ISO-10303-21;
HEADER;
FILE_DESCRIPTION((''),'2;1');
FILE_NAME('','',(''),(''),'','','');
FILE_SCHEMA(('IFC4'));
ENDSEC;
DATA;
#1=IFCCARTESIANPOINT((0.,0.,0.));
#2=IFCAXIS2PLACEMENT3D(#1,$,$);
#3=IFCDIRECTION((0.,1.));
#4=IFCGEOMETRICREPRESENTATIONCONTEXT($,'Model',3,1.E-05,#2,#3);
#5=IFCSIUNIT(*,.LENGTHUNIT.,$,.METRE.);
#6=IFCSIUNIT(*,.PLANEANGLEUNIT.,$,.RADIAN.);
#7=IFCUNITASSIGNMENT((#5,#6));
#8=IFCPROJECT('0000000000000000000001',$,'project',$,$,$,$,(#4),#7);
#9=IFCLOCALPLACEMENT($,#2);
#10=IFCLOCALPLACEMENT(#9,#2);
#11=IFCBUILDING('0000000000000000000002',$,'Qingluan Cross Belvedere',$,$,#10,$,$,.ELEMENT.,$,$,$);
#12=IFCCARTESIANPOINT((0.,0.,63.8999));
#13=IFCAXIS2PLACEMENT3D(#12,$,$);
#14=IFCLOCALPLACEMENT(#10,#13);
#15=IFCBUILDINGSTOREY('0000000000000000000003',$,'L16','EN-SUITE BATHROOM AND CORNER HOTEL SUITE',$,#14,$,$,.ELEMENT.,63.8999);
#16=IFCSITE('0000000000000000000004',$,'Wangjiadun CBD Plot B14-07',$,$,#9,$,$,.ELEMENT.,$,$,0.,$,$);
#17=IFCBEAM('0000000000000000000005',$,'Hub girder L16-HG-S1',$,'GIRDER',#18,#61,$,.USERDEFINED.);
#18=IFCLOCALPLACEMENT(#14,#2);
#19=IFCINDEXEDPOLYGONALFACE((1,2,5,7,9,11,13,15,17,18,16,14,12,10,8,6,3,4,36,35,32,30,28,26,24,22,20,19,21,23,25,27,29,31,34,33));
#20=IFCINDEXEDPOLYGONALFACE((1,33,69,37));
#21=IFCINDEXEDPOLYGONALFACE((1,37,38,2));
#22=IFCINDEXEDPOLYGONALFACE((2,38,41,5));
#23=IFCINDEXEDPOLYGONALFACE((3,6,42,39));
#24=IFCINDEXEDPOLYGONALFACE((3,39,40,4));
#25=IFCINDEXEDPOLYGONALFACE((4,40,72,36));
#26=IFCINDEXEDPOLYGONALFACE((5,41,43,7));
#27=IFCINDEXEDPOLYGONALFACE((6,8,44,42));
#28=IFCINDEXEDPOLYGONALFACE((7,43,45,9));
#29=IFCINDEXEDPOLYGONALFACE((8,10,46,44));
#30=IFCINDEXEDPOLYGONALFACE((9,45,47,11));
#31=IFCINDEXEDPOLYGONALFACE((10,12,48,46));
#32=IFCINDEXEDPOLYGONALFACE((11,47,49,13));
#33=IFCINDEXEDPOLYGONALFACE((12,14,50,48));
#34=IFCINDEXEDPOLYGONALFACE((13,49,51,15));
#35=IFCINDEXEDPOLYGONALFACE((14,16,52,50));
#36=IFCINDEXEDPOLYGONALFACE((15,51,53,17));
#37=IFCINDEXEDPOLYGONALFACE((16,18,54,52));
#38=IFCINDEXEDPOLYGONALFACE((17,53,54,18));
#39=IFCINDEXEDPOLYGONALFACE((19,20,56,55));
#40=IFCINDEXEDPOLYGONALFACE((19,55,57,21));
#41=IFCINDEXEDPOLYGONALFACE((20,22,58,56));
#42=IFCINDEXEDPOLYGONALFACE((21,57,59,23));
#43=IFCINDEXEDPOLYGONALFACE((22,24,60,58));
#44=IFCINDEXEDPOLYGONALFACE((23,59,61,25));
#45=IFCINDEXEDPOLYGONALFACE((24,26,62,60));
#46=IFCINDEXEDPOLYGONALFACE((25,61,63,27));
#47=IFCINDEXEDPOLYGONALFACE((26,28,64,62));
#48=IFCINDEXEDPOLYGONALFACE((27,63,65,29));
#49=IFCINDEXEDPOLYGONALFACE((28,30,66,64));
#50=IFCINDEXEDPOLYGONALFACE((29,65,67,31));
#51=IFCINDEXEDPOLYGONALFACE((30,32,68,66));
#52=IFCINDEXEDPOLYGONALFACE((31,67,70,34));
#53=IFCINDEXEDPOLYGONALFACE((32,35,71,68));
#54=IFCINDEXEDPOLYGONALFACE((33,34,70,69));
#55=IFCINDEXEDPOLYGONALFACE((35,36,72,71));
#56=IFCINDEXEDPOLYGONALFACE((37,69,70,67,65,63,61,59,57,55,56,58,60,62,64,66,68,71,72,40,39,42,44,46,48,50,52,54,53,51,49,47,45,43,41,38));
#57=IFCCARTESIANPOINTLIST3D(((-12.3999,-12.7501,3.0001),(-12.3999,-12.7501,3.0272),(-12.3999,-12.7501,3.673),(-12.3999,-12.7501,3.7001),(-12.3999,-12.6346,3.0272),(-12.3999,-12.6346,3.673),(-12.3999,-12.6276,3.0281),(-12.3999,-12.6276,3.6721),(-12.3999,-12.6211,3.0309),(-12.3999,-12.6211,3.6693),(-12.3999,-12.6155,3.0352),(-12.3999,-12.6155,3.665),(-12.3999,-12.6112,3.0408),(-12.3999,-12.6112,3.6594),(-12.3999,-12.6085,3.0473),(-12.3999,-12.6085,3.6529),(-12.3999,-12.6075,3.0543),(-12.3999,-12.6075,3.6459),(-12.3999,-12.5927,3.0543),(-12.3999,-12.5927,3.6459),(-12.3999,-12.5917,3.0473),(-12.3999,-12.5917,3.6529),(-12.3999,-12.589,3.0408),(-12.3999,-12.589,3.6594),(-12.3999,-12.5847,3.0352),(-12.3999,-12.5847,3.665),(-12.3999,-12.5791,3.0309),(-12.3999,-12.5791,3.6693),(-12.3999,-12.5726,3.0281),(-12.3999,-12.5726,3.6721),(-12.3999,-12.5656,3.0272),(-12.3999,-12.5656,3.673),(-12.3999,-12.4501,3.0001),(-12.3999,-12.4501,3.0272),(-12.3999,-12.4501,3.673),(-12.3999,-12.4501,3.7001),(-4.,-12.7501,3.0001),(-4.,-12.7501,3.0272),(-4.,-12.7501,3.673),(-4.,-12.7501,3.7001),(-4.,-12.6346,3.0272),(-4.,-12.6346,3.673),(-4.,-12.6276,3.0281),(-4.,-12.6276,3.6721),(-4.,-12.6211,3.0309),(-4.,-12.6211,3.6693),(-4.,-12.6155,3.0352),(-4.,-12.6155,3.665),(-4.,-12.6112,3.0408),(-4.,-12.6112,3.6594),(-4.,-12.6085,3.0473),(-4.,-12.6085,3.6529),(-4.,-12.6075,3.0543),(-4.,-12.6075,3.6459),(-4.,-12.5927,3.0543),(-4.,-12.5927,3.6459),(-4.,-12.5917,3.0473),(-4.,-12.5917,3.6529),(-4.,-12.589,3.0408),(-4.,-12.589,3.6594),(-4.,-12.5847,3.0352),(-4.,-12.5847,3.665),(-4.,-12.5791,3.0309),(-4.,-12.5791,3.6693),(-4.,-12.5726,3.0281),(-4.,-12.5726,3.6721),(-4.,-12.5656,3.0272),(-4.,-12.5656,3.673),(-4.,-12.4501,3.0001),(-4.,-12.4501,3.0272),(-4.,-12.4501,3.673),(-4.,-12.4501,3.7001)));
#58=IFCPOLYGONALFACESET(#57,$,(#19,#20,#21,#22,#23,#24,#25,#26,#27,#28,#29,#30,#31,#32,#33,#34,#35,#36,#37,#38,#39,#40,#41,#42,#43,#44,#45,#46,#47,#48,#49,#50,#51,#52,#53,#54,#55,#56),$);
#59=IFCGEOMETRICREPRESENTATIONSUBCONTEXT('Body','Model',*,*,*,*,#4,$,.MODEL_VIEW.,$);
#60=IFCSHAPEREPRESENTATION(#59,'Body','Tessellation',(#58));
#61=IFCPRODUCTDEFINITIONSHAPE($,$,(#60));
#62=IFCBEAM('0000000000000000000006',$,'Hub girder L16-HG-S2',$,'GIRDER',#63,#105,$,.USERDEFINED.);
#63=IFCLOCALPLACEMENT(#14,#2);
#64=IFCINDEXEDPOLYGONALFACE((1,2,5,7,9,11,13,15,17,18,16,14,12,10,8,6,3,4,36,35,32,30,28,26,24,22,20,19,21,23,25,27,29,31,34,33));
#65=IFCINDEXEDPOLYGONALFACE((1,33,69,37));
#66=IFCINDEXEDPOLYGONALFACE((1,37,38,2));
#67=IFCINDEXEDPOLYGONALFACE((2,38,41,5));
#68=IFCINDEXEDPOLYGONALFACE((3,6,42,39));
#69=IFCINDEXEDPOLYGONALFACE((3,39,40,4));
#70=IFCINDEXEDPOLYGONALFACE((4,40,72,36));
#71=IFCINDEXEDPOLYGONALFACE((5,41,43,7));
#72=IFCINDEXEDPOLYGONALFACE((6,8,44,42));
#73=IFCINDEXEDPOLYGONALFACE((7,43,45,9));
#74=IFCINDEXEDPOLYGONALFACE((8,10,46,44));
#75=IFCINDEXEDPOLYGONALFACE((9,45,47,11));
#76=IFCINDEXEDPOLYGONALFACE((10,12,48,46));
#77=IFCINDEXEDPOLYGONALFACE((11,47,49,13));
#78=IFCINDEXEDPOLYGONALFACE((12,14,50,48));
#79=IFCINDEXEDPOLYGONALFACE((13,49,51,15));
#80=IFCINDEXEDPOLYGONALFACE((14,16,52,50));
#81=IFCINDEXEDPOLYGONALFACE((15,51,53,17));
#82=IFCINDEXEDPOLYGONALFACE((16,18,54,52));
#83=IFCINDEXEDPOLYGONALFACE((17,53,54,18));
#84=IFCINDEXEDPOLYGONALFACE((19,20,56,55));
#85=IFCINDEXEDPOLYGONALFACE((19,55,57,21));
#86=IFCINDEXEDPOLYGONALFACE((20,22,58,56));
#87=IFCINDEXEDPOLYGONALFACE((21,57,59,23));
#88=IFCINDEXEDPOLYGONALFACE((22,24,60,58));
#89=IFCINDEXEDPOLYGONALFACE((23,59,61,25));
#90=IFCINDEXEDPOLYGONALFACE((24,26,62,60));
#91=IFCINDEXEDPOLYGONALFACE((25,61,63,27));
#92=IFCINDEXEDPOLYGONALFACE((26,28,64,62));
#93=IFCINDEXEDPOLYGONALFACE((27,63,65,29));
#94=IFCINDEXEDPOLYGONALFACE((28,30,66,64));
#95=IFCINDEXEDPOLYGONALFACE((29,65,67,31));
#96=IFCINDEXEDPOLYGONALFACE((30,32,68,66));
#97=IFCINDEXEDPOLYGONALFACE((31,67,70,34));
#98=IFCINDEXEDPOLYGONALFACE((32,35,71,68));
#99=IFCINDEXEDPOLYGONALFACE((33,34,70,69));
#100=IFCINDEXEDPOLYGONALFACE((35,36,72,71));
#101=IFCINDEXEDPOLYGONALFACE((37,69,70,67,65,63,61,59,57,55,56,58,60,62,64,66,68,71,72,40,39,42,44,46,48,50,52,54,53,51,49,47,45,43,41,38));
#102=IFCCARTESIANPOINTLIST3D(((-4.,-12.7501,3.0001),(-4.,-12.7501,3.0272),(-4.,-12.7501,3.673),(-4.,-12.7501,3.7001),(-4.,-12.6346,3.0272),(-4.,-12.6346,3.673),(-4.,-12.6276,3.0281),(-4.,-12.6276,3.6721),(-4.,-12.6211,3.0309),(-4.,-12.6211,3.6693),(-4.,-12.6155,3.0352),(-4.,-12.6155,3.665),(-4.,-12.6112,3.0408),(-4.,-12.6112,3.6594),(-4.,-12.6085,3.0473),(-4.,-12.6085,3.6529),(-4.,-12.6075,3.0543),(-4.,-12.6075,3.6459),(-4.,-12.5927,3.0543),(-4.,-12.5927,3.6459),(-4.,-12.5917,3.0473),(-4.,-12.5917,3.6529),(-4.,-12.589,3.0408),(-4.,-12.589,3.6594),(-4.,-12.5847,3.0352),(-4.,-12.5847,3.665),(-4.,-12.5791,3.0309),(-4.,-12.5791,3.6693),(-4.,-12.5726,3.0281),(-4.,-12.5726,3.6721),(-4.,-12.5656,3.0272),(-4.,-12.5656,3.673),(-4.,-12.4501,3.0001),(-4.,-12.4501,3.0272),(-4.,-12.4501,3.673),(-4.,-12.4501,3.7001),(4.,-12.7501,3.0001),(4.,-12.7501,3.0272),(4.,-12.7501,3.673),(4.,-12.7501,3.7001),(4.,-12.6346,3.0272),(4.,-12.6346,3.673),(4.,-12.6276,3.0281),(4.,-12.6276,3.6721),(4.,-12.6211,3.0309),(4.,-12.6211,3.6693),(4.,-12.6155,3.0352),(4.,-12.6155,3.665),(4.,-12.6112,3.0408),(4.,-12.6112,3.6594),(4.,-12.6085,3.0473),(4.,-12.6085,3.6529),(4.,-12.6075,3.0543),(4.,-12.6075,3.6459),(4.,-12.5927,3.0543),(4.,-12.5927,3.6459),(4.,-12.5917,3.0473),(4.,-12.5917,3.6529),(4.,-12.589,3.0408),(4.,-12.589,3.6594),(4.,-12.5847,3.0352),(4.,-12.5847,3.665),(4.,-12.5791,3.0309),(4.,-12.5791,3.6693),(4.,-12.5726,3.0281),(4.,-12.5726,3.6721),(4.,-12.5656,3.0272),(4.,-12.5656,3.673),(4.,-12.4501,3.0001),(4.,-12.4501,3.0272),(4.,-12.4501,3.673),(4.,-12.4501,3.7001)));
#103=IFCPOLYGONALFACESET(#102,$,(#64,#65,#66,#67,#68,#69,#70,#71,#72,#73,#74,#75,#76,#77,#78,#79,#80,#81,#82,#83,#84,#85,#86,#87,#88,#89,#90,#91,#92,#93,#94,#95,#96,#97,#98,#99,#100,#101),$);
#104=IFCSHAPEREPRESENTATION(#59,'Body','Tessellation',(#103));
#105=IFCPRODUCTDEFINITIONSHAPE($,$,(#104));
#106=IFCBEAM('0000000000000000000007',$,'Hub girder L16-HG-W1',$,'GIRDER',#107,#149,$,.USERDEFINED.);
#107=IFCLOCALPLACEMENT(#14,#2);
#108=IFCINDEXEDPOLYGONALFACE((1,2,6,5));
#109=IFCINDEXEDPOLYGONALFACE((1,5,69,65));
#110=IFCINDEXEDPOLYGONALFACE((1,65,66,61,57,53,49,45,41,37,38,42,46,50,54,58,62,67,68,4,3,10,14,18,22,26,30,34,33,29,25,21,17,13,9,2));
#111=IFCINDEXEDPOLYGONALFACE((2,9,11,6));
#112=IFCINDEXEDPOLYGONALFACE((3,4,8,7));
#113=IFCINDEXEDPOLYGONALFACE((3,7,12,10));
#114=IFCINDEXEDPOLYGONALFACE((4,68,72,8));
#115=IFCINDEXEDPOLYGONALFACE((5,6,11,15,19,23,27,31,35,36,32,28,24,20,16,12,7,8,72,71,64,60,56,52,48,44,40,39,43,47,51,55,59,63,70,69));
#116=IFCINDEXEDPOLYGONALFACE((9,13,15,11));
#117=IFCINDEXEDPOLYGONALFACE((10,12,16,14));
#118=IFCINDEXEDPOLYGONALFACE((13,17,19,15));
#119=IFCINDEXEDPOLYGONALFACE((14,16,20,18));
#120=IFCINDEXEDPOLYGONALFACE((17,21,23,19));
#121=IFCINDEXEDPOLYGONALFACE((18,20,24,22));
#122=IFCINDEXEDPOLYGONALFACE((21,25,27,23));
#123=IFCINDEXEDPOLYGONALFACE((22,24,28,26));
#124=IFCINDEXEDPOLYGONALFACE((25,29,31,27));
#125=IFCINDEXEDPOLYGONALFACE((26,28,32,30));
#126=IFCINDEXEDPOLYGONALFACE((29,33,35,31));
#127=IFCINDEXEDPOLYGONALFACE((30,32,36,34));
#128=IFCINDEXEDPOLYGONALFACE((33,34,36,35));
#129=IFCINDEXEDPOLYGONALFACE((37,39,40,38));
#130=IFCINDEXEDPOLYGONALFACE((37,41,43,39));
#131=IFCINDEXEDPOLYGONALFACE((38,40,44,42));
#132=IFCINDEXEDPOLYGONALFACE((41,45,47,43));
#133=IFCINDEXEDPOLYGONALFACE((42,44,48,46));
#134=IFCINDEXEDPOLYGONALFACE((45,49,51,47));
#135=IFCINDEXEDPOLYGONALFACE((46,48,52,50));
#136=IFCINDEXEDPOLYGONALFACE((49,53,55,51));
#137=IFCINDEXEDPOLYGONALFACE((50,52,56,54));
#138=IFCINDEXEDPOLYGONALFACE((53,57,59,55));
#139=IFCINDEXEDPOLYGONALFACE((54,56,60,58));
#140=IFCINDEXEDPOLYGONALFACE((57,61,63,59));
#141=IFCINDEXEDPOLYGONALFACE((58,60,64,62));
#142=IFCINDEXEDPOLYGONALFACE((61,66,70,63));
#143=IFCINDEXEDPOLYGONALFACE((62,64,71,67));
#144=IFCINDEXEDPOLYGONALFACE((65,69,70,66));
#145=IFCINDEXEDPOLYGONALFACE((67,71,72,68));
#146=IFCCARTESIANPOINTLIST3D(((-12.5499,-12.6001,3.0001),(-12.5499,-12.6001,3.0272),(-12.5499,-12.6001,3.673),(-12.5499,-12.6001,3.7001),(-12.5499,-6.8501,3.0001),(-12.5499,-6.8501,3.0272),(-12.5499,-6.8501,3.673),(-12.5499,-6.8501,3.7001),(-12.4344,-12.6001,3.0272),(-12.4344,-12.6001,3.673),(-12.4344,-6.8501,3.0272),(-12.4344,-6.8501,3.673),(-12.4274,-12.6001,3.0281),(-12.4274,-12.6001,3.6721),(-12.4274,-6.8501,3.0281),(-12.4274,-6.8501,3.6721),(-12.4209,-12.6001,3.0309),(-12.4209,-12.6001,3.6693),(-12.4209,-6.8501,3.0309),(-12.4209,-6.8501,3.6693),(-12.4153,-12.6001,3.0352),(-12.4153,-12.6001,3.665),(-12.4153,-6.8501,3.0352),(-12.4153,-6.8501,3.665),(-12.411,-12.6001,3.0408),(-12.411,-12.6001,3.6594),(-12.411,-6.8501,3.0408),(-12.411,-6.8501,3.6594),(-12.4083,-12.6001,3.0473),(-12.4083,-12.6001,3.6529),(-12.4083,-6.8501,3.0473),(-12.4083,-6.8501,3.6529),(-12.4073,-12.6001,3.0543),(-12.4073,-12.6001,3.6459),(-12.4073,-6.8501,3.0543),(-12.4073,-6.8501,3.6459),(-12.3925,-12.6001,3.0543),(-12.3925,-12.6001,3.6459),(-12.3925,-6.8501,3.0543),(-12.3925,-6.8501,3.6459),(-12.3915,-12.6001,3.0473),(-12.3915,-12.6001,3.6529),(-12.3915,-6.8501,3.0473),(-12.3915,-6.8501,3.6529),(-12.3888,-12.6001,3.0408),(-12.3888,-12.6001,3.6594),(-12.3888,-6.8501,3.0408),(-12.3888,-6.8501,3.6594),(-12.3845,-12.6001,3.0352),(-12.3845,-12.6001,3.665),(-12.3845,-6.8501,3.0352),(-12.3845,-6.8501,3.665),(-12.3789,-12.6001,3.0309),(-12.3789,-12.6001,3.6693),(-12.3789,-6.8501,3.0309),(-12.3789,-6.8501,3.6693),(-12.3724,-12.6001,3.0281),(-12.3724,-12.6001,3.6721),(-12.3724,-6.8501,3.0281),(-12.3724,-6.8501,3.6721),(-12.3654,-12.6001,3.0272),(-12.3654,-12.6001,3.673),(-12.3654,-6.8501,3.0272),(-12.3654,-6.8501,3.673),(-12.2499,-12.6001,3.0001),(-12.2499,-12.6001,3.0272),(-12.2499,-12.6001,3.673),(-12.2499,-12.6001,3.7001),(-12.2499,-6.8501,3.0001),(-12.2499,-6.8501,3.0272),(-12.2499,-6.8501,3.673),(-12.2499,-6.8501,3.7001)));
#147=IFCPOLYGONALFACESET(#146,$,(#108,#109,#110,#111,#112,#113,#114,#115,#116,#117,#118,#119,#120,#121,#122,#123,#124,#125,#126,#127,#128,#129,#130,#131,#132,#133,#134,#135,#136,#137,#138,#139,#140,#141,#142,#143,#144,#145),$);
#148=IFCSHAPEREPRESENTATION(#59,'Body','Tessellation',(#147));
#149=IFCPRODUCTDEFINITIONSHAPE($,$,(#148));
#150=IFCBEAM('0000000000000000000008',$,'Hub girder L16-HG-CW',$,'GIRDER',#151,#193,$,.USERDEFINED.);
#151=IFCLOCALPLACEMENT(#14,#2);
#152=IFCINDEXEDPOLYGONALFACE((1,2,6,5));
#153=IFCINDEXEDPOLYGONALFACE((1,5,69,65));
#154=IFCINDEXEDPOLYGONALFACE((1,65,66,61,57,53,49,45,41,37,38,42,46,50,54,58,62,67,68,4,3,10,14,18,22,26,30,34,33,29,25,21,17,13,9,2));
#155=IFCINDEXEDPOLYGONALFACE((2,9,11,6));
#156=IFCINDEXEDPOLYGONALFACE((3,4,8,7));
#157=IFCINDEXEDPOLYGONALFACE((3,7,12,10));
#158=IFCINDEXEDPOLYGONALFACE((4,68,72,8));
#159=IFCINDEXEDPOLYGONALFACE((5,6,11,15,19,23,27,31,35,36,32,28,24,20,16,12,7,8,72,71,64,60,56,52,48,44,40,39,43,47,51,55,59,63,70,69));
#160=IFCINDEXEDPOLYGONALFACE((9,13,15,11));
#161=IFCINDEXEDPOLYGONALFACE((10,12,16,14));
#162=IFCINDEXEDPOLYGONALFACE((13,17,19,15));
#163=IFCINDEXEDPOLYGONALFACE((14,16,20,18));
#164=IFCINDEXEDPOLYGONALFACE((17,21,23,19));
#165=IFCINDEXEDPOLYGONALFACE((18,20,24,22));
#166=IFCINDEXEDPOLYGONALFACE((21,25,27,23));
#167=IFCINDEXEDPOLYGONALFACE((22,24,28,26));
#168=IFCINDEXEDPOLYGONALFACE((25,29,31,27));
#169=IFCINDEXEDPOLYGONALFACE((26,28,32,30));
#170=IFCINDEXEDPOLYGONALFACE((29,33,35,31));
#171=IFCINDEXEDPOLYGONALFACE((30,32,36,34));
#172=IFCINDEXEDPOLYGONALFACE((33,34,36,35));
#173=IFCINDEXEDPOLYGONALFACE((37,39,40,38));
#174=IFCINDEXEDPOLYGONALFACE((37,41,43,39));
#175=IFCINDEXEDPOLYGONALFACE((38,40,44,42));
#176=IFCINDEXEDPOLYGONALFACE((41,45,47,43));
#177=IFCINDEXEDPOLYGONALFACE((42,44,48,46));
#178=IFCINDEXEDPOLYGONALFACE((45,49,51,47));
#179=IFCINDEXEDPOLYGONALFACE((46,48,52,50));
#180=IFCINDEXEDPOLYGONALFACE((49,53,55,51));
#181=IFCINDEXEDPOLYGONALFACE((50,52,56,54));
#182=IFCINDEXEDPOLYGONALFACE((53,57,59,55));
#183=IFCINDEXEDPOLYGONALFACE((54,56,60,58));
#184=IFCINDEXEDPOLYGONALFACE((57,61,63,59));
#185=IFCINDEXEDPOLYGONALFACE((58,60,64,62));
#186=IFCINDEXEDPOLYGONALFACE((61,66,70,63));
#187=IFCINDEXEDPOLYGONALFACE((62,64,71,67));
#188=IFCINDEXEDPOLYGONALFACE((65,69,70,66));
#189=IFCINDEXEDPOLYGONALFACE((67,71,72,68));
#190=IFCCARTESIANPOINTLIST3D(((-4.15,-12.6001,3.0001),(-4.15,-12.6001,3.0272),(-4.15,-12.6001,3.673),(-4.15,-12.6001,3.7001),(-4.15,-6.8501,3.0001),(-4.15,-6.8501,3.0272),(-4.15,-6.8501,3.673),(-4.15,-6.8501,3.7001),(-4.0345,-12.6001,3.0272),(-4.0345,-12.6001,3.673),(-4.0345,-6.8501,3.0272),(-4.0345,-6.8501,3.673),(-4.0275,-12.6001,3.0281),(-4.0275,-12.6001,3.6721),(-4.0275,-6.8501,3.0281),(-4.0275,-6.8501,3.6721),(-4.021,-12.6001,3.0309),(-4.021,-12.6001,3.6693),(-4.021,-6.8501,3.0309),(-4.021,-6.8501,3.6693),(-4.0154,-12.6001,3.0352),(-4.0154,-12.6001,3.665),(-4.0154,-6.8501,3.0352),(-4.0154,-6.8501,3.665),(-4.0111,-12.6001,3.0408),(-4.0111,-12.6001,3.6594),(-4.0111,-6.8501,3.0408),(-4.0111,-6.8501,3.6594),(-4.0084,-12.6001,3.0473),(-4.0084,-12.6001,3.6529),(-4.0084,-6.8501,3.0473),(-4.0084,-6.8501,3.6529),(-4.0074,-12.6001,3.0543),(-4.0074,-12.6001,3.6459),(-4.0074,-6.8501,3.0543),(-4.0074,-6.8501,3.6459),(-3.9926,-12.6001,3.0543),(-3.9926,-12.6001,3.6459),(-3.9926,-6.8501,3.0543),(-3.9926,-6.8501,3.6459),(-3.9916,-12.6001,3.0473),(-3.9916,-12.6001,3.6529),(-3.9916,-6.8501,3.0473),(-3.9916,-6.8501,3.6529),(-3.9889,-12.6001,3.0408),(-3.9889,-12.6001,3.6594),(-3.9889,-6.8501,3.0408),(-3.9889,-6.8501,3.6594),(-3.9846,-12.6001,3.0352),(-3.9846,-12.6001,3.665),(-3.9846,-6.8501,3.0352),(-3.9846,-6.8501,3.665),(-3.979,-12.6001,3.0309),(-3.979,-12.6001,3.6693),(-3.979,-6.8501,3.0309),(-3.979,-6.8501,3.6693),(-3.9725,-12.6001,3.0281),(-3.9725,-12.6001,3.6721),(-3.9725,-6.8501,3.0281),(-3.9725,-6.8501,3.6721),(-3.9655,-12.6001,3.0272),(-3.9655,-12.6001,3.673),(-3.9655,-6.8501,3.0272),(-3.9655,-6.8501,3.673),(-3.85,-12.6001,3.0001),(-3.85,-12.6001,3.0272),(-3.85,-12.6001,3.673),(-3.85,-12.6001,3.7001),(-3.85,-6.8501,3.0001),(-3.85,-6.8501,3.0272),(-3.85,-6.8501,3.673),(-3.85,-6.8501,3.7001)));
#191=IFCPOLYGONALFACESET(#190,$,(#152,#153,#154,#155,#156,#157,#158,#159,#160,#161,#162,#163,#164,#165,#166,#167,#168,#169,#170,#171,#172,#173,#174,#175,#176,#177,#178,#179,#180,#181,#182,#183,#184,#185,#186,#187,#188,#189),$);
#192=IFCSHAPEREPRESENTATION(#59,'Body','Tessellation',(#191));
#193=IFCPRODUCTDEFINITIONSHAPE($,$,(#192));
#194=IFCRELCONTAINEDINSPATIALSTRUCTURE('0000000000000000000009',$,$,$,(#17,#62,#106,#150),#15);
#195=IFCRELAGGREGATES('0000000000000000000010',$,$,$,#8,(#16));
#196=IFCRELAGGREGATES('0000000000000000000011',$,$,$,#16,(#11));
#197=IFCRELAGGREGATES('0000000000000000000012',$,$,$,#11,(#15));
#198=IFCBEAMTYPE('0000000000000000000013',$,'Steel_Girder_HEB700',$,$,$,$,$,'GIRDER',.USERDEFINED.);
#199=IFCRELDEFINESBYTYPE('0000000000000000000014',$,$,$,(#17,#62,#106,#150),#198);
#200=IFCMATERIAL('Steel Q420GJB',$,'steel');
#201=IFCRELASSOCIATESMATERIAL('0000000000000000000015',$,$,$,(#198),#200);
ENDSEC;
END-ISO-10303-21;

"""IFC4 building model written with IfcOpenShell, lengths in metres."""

from ifc_helpers import new_model, si_unit, direction, frame, origin, origin_2d, place, context, subcontext, project, spatial, i_section, extrude, material, material_profile, profile_set, type_object, element, save


model = new_model("IFC4")

# Units and contexts
model_context = context("Model", 3, precision=1e-05, world=origin(), true_north=direction((0.0, 1.0)))
body_context = subcontext(model_context, "Body", "Model", "MODEL_VIEW")
ifc_project = project(units=[si_unit("LENGTHUNIT", "METRE"), si_unit("PLANEANGLEUNIT", "RADIAN")], contexts=[model_context])

# Site, building, storey
site_placement = place(None, origin())
site = spatial("IfcSite", under=ifc_project, at=site_placement, Name="Wangjiadun CBD Plot B14-07", CompositionType="ELEMENT", RefElevation=0.0)
building_placement = place(site_placement, origin())
building = spatial("IfcBuilding", under=site, at=building_placement, Name="Qingluan Cross Belvedere", CompositionType="ELEMENT")
storey_placement = place(building_placement, frame((0.0, 0.0, 63.8999)))
storey = spatial("IfcBuildingStorey", under=building, at=storey_placement, Name="L16", Description="EN-SUITE BATHROOM AND CORNER HOTEL SUITE", CompositionType="ELEMENT", Elevation=63.8999)

# Beams
ifc_material_1 = material(Name="Steel Q420GJB", Category="steel")
ifc_material_profile_1 = material_profile(ifc_material_1, i_section(OverallWidth=0.3, OverallDepth=0.7, WebThickness=0.0149, FlangeThickness=0.0271, FilletRadius=0.0271, at=origin_2d()), Name="HEB700")
ifc_profile_set_1 = profile_set([ifc_material_profile_1], Name="Steel Q420GJB")
beam_type_1 = type_object("IfcBeamType", Name="Steel_Girder_HEB700", ElementType="GIRDER", PredefinedType="USERDEFINED", material=ifc_profile_set_1)
beam_1_placement = place(storey_placement, frame((-12.3999, -12.6001, 3.3501), z_axis=(1.0, 0.0, 0.0), x_axis=(0.0, 1.0, 0.0)))
element("IfcBeam", 1, at=beam_1_placement, inside=storey, type_object=beam_type_1, Name="Hub girder L16-HG-S1", ObjectType="GIRDER", PredefinedType="USERDEFINED", context=body_context, shape_type="SweptSolid", body=[
    extrude(i_section(OverallWidth=0.3, OverallDepth=0.7, WebThickness=0.0149, FlangeThickness=0.0271, FilletRadius=0.0271, at=origin_2d()), origin(), (0.0, 0.0, 1.0), 8.3999),
])
beam_2_placement = place(storey_placement, frame((-4.0, -12.6001, 3.3501), z_axis=(1.0, 0.0, 0.0), x_axis=(0.0, 1.0, 0.0)))
element("IfcBeam", 2, at=beam_2_placement, inside=storey, type_object=beam_type_1, Name="Hub girder L16-HG-S2", ObjectType="GIRDER", PredefinedType="USERDEFINED", context=body_context, shape_type="SweptSolid", body=[
    extrude(i_section(OverallWidth=0.3, OverallDepth=0.7, WebThickness=0.0149, FlangeThickness=0.0271, FilletRadius=0.0271, at=origin_2d()), origin(), (0.0, 0.0, 1.0), 8.0),
])
for number, where, z_axis, x_axis, name in (
    (3, (-12.3999, -12.6001, 3.3501), (0.0, 1.0, 0.0), (-1.0, 0.0, 0.0), "Hub girder L16-HG-W1"),
    (4, (-4.0, -12.6001, 3.3501), (0.0, 1.0, 0.0), (-1.0, 0.0, 0.0), "Hub girder L16-HG-CW"),
):
    element("IfcBeam", number, at=place(storey_placement, frame(where, z_axis=z_axis, x_axis=x_axis)), inside=storey, type_object=beam_type_1, Name=name, ObjectType="GIRDER", PredefinedType="USERDEFINED", context=body_context, shape_type="SweptSolid", body=[
        extrude(i_section(OverallWidth=0.3, OverallDepth=0.7, WebThickness=0.0149, FlangeThickness=0.0271, FilletRadius=0.0271, at=origin_2d()), origin(), (0.0, 0.0, 1.0), 5.75),
    ])

save(model, "model.ifc")
